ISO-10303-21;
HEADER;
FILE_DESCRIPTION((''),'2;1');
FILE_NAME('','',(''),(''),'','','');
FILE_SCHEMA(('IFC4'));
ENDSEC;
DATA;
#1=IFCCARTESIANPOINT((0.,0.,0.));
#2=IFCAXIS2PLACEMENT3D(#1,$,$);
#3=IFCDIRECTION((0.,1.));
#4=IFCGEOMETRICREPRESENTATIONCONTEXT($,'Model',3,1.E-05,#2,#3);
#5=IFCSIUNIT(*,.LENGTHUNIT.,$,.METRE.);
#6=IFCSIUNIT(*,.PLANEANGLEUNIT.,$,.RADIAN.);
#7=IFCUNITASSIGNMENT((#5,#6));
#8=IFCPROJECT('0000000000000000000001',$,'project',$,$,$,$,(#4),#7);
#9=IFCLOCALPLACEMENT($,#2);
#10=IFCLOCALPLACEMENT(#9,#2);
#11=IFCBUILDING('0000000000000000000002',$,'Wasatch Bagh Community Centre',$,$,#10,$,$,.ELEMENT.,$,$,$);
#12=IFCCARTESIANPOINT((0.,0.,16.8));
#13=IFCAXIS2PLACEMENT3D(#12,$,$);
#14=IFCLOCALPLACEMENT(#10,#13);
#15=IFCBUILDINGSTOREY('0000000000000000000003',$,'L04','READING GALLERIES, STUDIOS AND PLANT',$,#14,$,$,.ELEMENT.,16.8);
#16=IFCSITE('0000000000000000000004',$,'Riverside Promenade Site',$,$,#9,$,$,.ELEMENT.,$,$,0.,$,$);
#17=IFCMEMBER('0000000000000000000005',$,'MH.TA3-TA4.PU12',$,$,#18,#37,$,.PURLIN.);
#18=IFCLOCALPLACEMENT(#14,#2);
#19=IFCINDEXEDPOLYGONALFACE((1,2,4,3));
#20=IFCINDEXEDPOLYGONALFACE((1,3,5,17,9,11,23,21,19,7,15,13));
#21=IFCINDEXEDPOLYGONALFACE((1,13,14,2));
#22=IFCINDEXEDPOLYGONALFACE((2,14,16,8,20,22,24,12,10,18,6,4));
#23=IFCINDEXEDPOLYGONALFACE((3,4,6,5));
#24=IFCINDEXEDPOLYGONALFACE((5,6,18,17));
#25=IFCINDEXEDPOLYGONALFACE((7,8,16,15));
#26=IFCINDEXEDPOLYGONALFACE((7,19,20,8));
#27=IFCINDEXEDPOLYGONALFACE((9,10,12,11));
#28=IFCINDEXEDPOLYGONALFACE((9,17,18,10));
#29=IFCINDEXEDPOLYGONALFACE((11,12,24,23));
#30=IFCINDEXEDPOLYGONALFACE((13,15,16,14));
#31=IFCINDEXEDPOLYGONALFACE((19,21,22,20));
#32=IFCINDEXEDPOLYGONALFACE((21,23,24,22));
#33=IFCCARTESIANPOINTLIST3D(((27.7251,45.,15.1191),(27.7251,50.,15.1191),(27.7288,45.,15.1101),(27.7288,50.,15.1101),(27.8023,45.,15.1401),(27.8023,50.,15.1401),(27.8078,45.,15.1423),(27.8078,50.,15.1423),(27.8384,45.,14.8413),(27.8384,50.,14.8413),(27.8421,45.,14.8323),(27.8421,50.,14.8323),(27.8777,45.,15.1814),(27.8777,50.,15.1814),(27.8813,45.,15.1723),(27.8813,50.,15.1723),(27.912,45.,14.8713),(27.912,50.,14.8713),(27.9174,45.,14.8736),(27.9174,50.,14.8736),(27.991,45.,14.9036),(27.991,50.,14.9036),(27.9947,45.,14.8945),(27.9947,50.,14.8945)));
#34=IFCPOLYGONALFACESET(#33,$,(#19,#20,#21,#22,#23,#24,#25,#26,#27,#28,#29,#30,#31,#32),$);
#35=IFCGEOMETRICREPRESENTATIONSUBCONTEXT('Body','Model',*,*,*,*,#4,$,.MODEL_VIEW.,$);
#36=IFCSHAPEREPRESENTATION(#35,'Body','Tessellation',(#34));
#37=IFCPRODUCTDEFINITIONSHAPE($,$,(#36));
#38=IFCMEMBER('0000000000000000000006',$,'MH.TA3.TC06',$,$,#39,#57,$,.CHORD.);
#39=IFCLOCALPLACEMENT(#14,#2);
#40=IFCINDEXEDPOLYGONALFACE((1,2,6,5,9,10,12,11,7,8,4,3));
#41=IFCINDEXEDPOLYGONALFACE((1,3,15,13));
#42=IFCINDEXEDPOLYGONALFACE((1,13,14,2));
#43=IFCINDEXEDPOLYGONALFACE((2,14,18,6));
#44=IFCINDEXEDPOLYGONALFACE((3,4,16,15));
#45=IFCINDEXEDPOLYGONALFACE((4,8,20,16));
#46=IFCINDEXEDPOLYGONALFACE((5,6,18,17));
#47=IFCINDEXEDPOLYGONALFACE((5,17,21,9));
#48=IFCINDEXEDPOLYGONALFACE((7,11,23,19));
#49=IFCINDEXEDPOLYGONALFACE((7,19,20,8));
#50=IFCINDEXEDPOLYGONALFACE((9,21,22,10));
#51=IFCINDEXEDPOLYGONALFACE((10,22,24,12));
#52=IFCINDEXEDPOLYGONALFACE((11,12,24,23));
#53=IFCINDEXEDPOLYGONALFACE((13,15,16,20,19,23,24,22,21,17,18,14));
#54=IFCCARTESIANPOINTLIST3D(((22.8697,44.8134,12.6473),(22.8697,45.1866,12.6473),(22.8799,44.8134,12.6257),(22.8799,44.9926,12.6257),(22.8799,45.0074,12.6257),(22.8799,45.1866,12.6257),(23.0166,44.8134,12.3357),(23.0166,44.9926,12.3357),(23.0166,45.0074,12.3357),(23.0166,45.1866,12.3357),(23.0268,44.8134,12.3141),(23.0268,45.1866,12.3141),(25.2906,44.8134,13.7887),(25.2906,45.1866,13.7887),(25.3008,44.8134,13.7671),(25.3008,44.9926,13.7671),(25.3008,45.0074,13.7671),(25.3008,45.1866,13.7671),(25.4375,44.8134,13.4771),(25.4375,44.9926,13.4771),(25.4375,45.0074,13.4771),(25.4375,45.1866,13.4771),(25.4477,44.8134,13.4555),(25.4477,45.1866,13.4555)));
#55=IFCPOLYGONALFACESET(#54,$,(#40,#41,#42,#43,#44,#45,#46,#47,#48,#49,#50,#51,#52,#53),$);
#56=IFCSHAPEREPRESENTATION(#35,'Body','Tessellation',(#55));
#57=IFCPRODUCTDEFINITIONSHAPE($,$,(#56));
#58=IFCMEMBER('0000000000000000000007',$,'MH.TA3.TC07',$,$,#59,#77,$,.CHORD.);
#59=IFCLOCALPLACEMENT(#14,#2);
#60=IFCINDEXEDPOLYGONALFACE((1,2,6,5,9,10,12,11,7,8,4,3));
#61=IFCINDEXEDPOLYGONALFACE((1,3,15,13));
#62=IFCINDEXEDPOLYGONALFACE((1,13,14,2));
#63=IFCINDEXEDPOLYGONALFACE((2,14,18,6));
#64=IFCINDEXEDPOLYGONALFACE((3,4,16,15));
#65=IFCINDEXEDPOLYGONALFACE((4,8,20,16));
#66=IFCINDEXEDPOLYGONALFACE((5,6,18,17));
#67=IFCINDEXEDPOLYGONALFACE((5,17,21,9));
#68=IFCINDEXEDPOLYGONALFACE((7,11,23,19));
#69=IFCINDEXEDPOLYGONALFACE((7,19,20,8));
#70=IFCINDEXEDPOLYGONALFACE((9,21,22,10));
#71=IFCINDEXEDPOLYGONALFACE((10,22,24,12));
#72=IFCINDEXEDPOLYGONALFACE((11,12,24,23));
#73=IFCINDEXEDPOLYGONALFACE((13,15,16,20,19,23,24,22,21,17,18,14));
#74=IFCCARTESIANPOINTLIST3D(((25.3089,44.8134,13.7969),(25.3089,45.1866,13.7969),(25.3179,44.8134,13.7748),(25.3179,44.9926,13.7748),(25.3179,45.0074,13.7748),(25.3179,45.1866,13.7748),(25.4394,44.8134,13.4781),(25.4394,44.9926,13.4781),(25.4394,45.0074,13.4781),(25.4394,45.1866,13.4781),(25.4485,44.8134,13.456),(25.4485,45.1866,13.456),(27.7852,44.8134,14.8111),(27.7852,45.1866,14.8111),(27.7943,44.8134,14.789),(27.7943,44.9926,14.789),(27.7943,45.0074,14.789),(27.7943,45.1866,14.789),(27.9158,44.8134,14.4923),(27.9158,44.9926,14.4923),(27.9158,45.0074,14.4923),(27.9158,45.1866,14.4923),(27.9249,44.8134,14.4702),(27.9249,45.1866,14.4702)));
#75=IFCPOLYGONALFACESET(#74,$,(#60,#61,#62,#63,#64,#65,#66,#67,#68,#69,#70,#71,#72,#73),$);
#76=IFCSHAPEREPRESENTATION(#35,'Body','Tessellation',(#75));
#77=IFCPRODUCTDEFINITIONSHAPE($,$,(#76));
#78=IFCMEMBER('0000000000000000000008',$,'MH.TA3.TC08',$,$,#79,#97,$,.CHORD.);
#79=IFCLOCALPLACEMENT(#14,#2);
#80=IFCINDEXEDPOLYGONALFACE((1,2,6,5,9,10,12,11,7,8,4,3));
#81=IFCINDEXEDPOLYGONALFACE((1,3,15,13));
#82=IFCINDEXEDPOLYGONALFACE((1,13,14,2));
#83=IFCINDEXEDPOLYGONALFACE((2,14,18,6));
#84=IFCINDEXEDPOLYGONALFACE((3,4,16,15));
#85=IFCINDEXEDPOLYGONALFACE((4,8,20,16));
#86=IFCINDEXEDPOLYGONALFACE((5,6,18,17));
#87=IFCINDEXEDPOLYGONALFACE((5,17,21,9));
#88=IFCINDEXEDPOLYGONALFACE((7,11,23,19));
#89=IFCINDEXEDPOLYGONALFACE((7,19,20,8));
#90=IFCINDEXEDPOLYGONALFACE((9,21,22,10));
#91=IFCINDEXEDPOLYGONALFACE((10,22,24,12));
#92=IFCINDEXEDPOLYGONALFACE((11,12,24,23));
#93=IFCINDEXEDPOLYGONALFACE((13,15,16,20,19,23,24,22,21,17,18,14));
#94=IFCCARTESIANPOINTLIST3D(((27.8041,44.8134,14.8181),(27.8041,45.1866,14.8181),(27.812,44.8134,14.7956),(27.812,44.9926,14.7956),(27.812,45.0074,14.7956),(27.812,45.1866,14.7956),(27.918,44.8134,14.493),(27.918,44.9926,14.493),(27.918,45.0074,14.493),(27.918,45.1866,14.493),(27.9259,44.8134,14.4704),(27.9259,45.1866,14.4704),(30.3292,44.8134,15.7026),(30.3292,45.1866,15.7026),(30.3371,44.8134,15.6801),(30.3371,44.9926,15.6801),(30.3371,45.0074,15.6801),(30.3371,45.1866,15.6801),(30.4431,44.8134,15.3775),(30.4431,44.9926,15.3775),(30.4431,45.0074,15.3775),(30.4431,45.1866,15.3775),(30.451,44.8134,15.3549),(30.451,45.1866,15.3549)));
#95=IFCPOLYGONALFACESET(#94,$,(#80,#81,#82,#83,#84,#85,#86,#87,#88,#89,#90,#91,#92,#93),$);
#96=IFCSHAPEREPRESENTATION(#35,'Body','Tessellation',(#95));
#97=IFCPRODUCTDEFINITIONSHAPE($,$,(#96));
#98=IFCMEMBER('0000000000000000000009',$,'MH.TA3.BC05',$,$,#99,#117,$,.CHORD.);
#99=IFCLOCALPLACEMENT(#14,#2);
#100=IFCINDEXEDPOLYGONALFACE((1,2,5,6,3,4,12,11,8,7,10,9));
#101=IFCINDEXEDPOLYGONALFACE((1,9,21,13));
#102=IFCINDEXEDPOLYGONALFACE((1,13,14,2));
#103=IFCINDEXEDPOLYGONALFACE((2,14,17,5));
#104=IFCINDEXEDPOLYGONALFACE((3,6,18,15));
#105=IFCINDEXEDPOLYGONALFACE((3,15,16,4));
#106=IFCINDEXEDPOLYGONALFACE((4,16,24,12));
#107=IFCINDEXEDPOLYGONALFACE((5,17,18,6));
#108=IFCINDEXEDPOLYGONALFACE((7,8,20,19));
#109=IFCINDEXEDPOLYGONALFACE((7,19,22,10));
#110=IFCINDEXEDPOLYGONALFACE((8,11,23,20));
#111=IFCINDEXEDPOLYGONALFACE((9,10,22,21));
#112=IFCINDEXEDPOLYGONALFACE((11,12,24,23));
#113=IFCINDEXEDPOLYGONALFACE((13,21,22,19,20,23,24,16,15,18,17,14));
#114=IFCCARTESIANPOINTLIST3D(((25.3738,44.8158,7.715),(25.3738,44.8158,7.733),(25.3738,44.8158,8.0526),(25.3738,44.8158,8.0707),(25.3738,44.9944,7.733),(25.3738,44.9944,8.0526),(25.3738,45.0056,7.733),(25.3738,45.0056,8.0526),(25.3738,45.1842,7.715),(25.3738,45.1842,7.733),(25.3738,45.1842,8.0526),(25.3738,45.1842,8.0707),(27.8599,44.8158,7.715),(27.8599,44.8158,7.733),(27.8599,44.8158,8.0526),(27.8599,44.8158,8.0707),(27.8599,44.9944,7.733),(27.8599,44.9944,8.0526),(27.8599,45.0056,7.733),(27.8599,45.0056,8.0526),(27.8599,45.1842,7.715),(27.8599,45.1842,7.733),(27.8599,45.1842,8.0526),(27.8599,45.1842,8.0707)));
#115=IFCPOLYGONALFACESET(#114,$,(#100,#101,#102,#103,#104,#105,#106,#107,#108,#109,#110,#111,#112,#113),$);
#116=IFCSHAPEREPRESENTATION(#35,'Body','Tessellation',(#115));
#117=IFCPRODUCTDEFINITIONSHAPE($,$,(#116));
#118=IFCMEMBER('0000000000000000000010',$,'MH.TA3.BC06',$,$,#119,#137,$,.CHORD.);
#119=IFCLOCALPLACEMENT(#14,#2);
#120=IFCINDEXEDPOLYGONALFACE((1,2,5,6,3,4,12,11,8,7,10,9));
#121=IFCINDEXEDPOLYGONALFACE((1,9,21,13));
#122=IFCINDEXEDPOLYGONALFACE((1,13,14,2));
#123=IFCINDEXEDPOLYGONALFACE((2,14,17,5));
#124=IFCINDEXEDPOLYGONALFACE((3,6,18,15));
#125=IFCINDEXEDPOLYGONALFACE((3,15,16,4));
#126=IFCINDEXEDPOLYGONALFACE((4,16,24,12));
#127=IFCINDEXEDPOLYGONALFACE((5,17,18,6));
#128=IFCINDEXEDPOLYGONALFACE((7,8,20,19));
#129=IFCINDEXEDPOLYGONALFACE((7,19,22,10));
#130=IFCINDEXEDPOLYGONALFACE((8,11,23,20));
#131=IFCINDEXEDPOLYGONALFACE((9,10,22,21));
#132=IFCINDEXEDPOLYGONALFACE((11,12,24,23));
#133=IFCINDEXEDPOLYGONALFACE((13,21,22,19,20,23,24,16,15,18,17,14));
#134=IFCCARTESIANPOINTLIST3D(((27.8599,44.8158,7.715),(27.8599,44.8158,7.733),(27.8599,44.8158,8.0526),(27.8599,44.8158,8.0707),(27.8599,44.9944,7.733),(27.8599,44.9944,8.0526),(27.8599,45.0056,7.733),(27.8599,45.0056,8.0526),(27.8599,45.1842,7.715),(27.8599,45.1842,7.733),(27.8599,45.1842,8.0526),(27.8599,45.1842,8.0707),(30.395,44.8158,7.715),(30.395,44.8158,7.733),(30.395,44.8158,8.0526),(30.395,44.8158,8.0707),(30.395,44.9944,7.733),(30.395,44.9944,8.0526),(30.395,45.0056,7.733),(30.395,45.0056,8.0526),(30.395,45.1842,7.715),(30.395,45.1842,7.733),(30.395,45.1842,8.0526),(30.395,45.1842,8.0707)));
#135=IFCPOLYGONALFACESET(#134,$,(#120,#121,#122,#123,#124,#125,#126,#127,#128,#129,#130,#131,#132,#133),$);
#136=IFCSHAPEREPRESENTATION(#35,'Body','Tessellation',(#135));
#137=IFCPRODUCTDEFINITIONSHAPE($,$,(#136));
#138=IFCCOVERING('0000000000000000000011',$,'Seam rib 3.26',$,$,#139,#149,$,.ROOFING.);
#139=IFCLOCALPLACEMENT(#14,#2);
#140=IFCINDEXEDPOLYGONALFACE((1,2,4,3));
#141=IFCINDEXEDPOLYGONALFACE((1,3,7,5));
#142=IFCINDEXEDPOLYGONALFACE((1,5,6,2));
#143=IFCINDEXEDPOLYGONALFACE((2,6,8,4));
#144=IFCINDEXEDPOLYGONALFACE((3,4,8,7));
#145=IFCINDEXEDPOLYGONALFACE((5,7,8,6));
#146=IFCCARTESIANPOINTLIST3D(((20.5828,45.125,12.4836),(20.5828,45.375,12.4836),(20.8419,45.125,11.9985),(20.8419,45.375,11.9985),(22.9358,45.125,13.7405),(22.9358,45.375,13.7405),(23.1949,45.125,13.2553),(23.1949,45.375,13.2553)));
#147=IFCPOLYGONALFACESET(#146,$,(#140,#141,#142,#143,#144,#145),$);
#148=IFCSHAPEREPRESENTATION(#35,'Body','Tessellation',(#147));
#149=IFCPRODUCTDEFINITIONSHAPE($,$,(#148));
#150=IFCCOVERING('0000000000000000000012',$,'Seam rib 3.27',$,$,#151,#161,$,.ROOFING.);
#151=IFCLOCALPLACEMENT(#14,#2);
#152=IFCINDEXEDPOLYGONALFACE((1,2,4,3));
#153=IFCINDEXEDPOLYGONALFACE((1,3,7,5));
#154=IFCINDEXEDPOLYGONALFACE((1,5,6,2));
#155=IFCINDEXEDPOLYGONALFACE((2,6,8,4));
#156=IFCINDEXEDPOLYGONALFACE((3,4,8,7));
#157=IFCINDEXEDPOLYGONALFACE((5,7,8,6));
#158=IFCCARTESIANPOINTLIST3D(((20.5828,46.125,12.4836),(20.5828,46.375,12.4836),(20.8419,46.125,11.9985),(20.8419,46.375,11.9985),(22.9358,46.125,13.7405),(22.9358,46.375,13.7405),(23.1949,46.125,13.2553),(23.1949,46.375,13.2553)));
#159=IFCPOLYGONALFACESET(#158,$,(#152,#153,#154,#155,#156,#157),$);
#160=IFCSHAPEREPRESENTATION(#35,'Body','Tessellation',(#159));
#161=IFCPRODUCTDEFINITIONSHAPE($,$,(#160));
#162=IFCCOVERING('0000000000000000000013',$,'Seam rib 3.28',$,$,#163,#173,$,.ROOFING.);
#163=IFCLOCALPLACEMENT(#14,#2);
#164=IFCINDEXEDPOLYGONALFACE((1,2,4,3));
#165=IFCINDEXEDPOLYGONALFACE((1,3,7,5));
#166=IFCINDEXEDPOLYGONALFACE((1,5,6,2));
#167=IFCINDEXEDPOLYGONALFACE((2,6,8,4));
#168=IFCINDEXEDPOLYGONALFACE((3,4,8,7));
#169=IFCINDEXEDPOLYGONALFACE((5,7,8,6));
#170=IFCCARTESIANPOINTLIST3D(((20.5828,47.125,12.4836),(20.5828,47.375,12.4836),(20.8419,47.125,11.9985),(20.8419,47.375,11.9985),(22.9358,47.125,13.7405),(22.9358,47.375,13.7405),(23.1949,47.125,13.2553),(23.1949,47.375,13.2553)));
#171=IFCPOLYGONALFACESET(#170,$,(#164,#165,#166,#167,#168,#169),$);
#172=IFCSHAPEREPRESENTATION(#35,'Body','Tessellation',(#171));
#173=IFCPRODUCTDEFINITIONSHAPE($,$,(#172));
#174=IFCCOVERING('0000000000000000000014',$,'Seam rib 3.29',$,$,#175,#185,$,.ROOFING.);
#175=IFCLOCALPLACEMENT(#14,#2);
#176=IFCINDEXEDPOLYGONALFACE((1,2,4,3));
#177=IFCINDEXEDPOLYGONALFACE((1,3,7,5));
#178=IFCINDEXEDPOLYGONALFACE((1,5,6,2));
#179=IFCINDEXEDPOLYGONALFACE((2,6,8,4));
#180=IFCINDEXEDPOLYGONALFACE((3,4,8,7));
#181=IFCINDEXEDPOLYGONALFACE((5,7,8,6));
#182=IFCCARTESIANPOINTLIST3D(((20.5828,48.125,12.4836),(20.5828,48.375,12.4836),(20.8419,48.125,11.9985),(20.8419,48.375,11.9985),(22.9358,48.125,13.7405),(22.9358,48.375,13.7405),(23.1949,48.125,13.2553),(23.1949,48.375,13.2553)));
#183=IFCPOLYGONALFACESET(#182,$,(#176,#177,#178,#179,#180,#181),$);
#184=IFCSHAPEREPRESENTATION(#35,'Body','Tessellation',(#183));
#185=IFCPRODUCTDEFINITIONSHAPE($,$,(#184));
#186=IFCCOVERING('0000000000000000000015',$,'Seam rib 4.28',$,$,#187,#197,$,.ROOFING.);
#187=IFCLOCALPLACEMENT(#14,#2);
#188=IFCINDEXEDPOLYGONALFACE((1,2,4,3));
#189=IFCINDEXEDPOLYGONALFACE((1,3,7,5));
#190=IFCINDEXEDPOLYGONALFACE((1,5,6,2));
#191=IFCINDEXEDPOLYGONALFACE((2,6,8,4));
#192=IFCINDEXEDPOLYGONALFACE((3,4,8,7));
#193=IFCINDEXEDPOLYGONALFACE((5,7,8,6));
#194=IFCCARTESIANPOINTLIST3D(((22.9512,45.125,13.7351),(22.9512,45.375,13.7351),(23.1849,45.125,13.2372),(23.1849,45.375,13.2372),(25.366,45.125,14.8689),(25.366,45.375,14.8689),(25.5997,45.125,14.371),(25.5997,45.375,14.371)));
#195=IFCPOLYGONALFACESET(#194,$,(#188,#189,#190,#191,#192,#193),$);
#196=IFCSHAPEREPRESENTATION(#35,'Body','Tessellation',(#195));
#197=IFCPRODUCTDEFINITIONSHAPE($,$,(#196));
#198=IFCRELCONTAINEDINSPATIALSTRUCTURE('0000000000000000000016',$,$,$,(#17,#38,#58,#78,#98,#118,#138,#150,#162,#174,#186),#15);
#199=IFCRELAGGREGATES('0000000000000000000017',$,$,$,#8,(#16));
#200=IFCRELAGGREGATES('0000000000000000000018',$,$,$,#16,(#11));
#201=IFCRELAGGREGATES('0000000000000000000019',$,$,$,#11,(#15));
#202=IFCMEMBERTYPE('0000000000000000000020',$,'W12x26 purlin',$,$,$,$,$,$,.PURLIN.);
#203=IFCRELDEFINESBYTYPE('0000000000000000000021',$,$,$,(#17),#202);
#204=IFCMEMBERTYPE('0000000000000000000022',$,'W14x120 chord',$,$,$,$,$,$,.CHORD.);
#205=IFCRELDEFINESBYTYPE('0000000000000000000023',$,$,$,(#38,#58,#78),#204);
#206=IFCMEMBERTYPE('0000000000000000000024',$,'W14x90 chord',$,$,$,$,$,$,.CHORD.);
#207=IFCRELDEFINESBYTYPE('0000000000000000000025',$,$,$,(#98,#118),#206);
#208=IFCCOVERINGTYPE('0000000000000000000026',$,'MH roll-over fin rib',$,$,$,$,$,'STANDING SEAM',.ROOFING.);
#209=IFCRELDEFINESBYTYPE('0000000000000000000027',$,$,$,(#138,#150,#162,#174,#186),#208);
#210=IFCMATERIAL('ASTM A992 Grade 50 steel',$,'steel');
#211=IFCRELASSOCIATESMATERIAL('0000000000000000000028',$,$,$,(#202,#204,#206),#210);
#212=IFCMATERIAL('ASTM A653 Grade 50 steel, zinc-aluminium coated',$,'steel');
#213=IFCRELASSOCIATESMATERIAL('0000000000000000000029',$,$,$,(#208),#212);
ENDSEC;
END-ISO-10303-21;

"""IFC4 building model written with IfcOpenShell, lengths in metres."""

from ifc_helpers import new_model, si_unit, direction, frame, origin, origin_2d, place, context, subcontext, project, spatial, polyline, i_section, outline, extrude, material, material_profile, profile_set, type_object, element, save


model = new_model("IFC4")

# Units and contexts
model_context = context("Model", 3, precision=1e-05, world=origin(), true_north=direction((0.0, 1.0)))
body_context = subcontext(model_context, "Body", "Model", "MODEL_VIEW")
ifc_project = project(units=[si_unit("LENGTHUNIT", "METRE"), si_unit("PLANEANGLEUNIT", "RADIAN")], contexts=[model_context])

# Site, building, storey
site_placement = place(None, origin())
site = spatial("IfcSite", under=ifc_project, at=site_placement, Name="Riverside Promenade Site", CompositionType="ELEMENT", RefElevation=0.0)
building_placement = place(site_placement, origin())
building = spatial("IfcBuilding", under=site, at=building_placement, Name="Wasatch Bagh Community Centre", CompositionType="ELEMENT")
storey_placement = place(building_placement, frame((0.0, 0.0, 16.8)))
storey = spatial("IfcBuildingStorey", under=building, at=storey_placement, Name="L04", Description="READING GALLERIES, STUDIOS AND PLANT", CompositionType="ELEMENT", Elevation=16.8)

# Members
ifc_material_1 = material(Name="ASTM A992 Grade 50 steel", Category="steel")
ifc_material_profile_1 = material_profile(ifc_material_1, i_section(OverallWidth=0.1648, OverallDepth=0.3098, WebThickness=0.0059, FlangeThickness=0.0098, at=origin_2d()), Name="W12x26")
ifc_profile_set_1 = profile_set([ifc_material_profile_1], Name="ASTM A992 Grade 50 steel")
member_type_1 = type_object("IfcMemberType", Name="W12x26 purlin", PredefinedType="PURLIN", material=ifc_profile_set_1)
for number, where, z_axis, x_axis, name in (
    (1, (27.8599, 45.0, 15.0068), (0.0, 1.0, 0.0), (-0.925934, 0.0, -0.377686), "MH.TA3-TA4.PU12"),
):
    element("IfcMember", number, at=place(storey_placement, frame(where, z_axis=z_axis, x_axis=x_axis)), inside=storey, type_object=member_type_1, Name=name, PredefinedType="PURLIN", context=body_context, shape_type="SweptSolid", body=[
        extrude(i_section(OverallWidth=0.1648, OverallDepth=0.3098, WebThickness=0.0059, FlangeThickness=0.0098, at=origin_2d()), origin(), (0.0, 0.0, 1.0), 5.0),
    ])
ifc_material_profile_2 = material_profile(ifc_material_1, i_section(OverallWidth=0.3733, OverallDepth=0.3684, WebThickness=0.0149, FlangeThickness=0.0239, at=origin_2d()), Name="W14x120")
ifc_profile_set_2 = profile_set([ifc_material_profile_2], Name="ASTM A992 Grade 50 steel")
member_type_2 = type_object("IfcMemberType", Name="W14x120 chord", PredefinedType="CHORD", material=ifc_profile_set_2)
member_1_placement = place(storey_placement, frame((22.9482, 45.0, 12.4807), z_axis=(0.904515, 0.0, 0.426443), x_axis=(0.0, 1.0, 0.0)))
element("IfcMember", 2, at=member_1_placement, inside=storey, type_object=member_type_2, Name="MH.TA3.TC06", PredefinedType="CHORD", context=body_context, shape_type="SweptSolid", body=[
    extrude(i_section(OverallWidth=0.3733, OverallDepth=0.3684, WebThickness=0.0149, FlangeThickness=0.0239, at=origin_2d()), origin(), (0.0, 0.0, 1.0), 2.6765),
])
member_2_placement = place(storey_placement, frame((25.3787, 45.0, 13.6265), z_axis=(0.9254, 0.0, 0.378992), x_axis=(0.0, 1.0, 0.0)))
element("IfcMember", 3, at=member_2_placement, inside=storey, type_object=member_type_2, Name="MH.TA3.TC07", PredefinedType="CHORD", context=body_context, shape_type="SweptSolid", body=[
    extrude(i_section(OverallWidth=0.3733, OverallDepth=0.3684, WebThickness=0.0149, FlangeThickness=0.0239, at=origin_2d()), origin(), (0.0, 0.0, 1.0), 2.676),
])
member_3_placement = place(storey_placement, frame((27.865, 45.0, 14.6443), z_axis=(0.943774, 0.0, 0.33059), x_axis=(0.0, 1.0, 0.0)))
element("IfcMember", 4, at=member_3_placement, inside=storey, type_object=member_type_2, Name="MH.TA3.TC08", PredefinedType="CHORD", context=body_context, shape_type="SweptSolid", body=[
    extrude(i_section(OverallWidth=0.3733, OverallDepth=0.3684, WebThickness=0.0149, FlangeThickness=0.0239, at=origin_2d()), origin(), (0.0, 0.0, 1.0), 2.6755),
])
ifc_material_profile_3 = material_profile(ifc_material_1, i_section(OverallWidth=0.3684, OverallDepth=0.3557, WebThickness=0.0112, FlangeThickness=0.0181, at=origin_2d()), Name="W14x90")
ifc_profile_set_3 = profile_set([ifc_material_profile_3], Name="ASTM A992 Grade 50 steel")
member_type_3 = type_object("IfcMemberType", Name="W14x90 chord", PredefinedType="CHORD", material=ifc_profile_set_3)
member_4_placement = place(storey_placement, frame((25.3738, 45.0, 7.8928), z_axis=(1.0, 0.0, 0.0), x_axis=(0.0, 1.0, 0.0)))
element("IfcMember", 5, at=member_4_placement, inside=storey, type_object=member_type_3, Name="MH.TA3.BC05", PredefinedType="CHORD", context=body_context, shape_type="SweptSolid", body=[
    extrude(i_section(OverallWidth=0.3684, OverallDepth=0.3557, WebThickness=0.0112, FlangeThickness=0.0181, at=origin_2d()), origin(), (0.0, 0.0, 1.0), 2.4861),
])
member_5_placement = place(storey_placement, frame((27.8599, 45.0, 7.8928), z_axis=(1.0, 0.0, 0.0), x_axis=(0.0, 1.0, 0.0)))
element("IfcMember", 6, at=member_5_placement, inside=storey, type_object=member_type_3, Name="MH.TA3.BC06", PredefinedType="CHORD", context=body_context, shape_type="SweptSolid", body=[
    extrude(i_section(OverallWidth=0.3684, OverallDepth=0.3557, WebThickness=0.0112, FlangeThickness=0.0181, at=origin_2d()), origin(), (0.0, 0.0, 1.0), 2.5352),
])

# Coverings
ifc_material_2 = material(Name="ASTM A653 Grade 50 steel, zinc-aluminium coated", Category="steel")
covering_type = type_object("IfcCoveringType", Name="MH roll-over fin rib", ElementType="STANDING SEAM", PredefinedType="ROOFING", material=ifc_material_2)
for number, where, z_axis, x_axis, name in (
    (7, (20.5828, 45.125, 12.4836), (-0.471139, 0.0, 0.882059), (0.882059, 0.0, 0.471139), "Seam rib 3.26"),
    (8, (20.5828, 46.125, 12.4836), (-0.471139, 0.0, 0.882059), (0.882059, 0.0, 0.471139), "Seam rib 3.27"),
    (9, (20.5828, 47.125, 12.4836), (-0.471139, 0.0, 0.882059), (0.882059, 0.0, 0.471139), "Seam rib 3.28"),
    (10, (20.5828, 48.125, 12.4836), (-0.471139, 0.0, 0.882059), (0.882059, 0.0, 0.471139), "Seam rib 3.29"),
):
    element("IfcCovering", number, at=place(storey_placement, frame(where, z_axis=z_axis, x_axis=x_axis)), inside=storey, type_object=covering_type, Name=name, PredefinedType="ROOFING", context=body_context, shape_type="SweptSolid", body=[
        extrude(outline(polyline([(0.0, 0.0), (2.6677, 0.0), (2.6677, 0.25), (0.0, 0.25), (0.0, 0.0)])), origin(), (0.0, 0.0, -1.0), 0.55),
    ])
for number, where, z_axis, x_axis, name in (
    (11, (22.9512, 45.125, 13.7351), (-0.425004, 0.0, 0.905192), (0.905192, 0.0, 0.425004), "Seam rib 4.28"),
):
    element("IfcCovering", number, at=place(storey_placement, frame(where, z_axis=z_axis, x_axis=x_axis)), inside=storey, type_object=covering_type, Name=name, PredefinedType="ROOFING", context=body_context, shape_type="SweptSolid", body=[
        extrude(outline(polyline([(0.0, 0.0), (2.6677, 0.0), (2.6677, 0.25), (0.0, 0.25), (0.0, 0.0)])), origin(), (0.0, 0.0, -1.0), 0.55),
    ])

save(model, "model.ifc")
